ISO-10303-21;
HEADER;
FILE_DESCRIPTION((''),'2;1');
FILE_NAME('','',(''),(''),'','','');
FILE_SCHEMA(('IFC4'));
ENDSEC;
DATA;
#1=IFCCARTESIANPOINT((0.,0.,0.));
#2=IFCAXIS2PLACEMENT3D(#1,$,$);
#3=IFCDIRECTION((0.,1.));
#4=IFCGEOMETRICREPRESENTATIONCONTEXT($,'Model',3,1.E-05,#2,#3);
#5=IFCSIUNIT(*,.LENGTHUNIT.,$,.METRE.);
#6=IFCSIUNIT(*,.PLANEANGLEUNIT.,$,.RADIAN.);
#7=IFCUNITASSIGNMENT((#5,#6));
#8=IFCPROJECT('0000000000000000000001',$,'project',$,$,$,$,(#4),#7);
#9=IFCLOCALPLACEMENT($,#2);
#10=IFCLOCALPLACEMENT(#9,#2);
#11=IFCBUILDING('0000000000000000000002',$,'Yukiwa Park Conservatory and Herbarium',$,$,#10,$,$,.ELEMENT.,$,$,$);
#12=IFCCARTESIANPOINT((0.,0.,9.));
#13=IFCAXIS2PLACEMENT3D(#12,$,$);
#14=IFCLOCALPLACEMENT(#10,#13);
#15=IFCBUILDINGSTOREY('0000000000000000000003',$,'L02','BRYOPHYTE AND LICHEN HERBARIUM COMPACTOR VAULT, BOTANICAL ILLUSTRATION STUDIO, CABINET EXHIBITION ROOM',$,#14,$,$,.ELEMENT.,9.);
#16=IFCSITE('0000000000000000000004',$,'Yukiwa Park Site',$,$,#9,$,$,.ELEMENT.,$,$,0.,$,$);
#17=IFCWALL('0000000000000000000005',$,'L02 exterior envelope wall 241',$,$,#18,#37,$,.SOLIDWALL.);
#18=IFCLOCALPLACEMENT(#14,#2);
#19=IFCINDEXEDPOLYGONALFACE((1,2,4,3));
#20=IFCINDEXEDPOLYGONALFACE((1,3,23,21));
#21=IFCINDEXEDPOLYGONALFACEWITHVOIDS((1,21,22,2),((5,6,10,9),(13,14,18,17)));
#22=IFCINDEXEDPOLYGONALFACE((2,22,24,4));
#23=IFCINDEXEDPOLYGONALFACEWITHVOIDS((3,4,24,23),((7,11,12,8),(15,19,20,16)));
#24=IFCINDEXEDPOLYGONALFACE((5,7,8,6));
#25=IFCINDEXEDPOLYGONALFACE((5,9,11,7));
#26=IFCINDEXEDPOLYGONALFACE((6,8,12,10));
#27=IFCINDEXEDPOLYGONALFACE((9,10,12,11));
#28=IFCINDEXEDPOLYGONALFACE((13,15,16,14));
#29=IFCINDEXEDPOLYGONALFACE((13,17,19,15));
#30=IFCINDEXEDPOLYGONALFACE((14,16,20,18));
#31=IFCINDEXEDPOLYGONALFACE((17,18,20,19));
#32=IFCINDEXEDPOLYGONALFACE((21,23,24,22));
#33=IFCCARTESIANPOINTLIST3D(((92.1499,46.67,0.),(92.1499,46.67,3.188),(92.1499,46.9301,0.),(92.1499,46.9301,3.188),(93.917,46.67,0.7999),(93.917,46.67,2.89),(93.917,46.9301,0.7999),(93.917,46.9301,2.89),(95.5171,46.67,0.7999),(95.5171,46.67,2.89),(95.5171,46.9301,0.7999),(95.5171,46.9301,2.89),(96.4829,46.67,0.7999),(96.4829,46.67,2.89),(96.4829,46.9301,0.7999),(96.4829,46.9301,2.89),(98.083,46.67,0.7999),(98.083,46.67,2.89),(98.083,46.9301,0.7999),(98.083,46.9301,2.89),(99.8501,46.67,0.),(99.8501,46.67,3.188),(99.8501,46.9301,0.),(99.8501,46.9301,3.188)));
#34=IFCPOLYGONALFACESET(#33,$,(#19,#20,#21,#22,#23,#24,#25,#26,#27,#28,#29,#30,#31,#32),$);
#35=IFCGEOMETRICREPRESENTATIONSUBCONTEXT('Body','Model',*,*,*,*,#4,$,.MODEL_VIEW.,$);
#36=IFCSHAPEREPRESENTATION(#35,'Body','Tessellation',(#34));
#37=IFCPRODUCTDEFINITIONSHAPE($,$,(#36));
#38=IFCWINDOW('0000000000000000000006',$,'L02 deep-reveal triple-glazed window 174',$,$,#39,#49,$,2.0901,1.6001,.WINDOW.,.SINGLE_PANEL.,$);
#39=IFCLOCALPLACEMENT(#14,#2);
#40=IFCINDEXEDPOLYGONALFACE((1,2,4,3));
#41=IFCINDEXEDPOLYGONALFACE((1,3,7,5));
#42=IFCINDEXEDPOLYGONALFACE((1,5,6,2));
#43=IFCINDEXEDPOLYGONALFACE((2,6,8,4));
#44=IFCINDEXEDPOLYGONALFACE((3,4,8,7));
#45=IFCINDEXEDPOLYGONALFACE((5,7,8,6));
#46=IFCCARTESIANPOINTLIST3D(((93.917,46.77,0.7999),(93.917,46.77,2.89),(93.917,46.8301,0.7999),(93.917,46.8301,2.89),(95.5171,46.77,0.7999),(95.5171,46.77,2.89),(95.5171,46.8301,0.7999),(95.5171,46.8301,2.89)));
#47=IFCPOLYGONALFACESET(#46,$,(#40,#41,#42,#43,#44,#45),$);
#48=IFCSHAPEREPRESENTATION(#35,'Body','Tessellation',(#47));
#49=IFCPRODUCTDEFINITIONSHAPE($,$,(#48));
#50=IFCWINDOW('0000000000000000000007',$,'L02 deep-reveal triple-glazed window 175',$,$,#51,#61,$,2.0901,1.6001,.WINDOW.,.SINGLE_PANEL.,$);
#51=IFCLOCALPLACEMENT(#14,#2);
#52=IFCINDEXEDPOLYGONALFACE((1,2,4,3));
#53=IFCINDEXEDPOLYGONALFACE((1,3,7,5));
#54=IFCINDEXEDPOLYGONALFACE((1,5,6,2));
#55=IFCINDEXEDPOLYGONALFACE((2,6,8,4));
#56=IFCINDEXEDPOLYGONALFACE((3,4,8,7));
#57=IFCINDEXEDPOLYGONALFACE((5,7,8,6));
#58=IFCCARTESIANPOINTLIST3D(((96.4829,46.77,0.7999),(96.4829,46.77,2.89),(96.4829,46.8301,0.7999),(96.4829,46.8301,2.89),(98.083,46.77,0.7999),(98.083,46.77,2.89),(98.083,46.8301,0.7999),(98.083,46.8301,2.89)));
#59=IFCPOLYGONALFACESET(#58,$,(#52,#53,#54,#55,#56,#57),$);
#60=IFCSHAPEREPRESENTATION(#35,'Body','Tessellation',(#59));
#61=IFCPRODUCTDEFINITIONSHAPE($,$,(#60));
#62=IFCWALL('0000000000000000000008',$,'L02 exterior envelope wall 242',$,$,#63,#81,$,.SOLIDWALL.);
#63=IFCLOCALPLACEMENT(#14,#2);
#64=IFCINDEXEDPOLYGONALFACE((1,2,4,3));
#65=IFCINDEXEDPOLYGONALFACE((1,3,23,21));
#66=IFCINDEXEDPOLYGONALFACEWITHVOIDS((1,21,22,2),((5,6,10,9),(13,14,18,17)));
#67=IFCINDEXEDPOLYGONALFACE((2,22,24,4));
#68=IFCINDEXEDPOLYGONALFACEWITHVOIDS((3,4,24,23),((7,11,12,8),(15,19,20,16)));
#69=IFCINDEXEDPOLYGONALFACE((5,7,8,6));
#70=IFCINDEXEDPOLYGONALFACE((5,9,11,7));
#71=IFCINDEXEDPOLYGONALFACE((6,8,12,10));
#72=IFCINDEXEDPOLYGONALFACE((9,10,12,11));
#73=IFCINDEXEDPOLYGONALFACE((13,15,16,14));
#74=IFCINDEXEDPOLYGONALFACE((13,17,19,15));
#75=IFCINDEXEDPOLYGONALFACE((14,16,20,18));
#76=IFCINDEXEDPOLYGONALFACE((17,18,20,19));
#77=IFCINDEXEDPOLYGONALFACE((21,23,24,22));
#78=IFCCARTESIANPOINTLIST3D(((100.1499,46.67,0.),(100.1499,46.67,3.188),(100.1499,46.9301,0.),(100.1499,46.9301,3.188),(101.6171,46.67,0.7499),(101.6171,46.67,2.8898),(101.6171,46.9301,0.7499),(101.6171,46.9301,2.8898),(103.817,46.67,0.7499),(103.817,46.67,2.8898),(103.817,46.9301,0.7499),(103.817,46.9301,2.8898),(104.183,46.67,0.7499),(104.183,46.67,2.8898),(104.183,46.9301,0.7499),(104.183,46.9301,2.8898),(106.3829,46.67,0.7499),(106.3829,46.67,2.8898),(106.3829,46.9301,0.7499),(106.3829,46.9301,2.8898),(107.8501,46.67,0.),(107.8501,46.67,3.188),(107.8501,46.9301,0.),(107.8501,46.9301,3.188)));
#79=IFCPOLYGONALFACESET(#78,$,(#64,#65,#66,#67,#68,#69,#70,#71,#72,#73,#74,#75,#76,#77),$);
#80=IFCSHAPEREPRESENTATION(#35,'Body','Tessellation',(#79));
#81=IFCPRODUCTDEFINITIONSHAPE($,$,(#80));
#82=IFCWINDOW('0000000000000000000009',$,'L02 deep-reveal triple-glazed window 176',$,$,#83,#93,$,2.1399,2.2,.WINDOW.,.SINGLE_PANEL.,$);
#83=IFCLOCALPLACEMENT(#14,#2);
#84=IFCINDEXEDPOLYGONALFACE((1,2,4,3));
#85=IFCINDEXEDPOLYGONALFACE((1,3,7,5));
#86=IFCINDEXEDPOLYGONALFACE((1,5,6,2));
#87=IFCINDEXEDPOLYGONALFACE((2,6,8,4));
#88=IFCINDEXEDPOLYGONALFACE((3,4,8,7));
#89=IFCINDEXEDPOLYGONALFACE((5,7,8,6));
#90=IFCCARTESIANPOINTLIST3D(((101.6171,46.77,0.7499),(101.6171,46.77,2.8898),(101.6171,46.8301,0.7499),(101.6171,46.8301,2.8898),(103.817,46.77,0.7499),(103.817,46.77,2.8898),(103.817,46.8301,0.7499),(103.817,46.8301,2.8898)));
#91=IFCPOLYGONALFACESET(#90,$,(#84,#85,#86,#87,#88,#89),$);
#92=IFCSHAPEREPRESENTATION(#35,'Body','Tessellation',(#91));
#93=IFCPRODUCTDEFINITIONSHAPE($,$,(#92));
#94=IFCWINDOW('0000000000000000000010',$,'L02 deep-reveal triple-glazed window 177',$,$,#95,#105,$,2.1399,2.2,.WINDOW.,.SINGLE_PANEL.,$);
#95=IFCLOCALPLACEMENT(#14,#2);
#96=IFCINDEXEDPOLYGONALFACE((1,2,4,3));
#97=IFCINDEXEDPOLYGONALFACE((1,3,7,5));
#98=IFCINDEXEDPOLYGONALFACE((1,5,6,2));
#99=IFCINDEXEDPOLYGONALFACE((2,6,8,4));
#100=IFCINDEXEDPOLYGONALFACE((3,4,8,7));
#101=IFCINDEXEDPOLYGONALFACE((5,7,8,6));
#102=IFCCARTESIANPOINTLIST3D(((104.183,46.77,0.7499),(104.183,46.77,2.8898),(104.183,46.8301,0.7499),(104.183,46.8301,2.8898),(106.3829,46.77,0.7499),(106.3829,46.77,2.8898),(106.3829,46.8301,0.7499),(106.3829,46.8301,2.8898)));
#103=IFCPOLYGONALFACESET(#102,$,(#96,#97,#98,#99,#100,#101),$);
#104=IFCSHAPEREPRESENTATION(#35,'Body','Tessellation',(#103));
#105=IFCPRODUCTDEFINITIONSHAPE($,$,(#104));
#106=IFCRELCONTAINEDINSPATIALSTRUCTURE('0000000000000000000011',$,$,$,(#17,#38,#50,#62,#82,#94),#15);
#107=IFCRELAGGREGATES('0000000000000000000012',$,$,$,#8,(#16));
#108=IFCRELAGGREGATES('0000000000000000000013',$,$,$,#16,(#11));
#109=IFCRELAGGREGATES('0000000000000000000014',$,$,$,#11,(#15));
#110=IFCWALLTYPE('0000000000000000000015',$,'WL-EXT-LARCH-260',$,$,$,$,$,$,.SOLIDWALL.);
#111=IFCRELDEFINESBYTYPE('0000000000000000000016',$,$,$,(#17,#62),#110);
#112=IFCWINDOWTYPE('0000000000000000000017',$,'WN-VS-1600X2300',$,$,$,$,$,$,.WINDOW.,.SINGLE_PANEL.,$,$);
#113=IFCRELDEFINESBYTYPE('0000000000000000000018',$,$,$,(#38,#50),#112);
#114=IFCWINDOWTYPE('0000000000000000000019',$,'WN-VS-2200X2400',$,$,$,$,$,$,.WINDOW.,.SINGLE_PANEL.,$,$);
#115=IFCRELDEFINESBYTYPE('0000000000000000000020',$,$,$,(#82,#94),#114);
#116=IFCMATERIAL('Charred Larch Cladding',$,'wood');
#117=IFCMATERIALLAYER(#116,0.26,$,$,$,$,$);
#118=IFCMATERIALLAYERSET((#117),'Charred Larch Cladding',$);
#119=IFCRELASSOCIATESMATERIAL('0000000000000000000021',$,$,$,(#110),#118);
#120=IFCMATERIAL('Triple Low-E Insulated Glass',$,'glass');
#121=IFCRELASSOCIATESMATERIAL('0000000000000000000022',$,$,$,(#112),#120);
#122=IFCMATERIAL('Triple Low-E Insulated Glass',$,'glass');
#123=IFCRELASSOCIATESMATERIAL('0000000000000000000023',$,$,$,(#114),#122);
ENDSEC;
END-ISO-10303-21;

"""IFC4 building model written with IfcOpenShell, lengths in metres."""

from ifc_helpers import new_model, si_unit, direction, frame, frame_2d, origin, place, context, subcontext, project, spatial, rectangle, extrude, material, layer, layer_set, type_object, element, fill, save


model = new_model("IFC4")

# Units and contexts
model_context = context("Model", 3, precision=1e-05, world=origin(), true_north=direction((0.0, 1.0)))
body_context = subcontext(model_context, "Body", "Model", "MODEL_VIEW")
ifc_project = project(units=[si_unit("LENGTHUNIT", "METRE"), si_unit("PLANEANGLEUNIT", "RADIAN")], contexts=[model_context])

# Site, building, storey
site_placement = place(None, origin())
site = spatial("IfcSite", under=ifc_project, at=site_placement, Name="Yukiwa Park Site", CompositionType="ELEMENT", RefElevation=0.0)
building_placement = place(site_placement, origin())
building = spatial("IfcBuilding", under=site, at=building_placement, Name="Yukiwa Park Conservatory and Herbarium", CompositionType="ELEMENT")
storey_placement = place(building_placement, frame((0.0, 0.0, 9.0)))
storey = spatial("IfcBuildingStorey", under=building, at=storey_placement, Name="L02", Description="BRYOPHYTE AND LICHEN HERBARIUM COMPACTOR VAULT, BOTANICAL ILLUSTRATION STUDIO, CABINET EXHIBITION ROOM", CompositionType="ELEMENT", Elevation=9.0)

# Walls, openings, windows
ifc_material_1 = material(Name="Charred Larch Cladding", Category="wood")
ifc_layer_1 = layer(ifc_material_1, 0.26)
ifc_layer_set_1 = layer_set([ifc_layer_1], Name="Charred Larch Cladding")
wall_type = type_object("IfcWallType", Name="WL-EXT-LARCH-260", PredefinedType="SOLIDWALL", material=ifc_layer_set_1)
wall_1_placement = place(storey_placement, frame((92.1499, 46.8, 0.0), z_axis=(0.0, 0.0, 1.0), x_axis=(1.0, 0.0, 0.0)))
wall_1 = element("IfcWall", 1, at=wall_1_placement, inside=storey, type_object=wall_type, Name="L02 exterior envelope wall 241", PredefinedType="SOLIDWALL", context=body_context, shape_type="SweptSolid", body=[
    extrude(rectangle(XDim=7.7002, YDim=0.26, at=frame_2d((3.8501, 0.0))), origin(), (0.0, 0.0, 1.0), 3.188),
])
opening_1_placement = place(wall_1_placement, frame((1.7671, 0.0, 0.8)))
opening_1 = element("IfcOpeningElement", 2, at=opening_1_placement, cuts=wall_1, PredefinedType="OPENING", context=body_context, shape_type="SweptSolid", body=[
    extrude(rectangle(XDim=1.6001, YDim=2.0901, at=frame_2d((0.8, 1.0449))), frame((0.0, 0.1401, 0.0), z_axis=(0.0, -1.0, 0.0), x_axis=(1.0, 0.0, 0.0)), (0.0, 0.0, 1.0), 0.28),
])
opening_2_placement = place(wall_1_placement, frame((4.333, 0.0, 0.8)))
opening_2 = element("IfcOpeningElement", 3, at=opening_2_placement, cuts=wall_1, PredefinedType="OPENING", context=body_context, shape_type="SweptSolid", body=[
    extrude(rectangle(XDim=1.6001, YDim=2.0901, at=frame_2d((0.8, 1.0449))), frame((0.0, 0.1401, 0.0), z_axis=(0.0, -1.0, 0.0), x_axis=(1.0, 0.0, 0.0)), (0.0, 0.0, 1.0), 0.28),
])
ifc_material_2 = material(Name="Triple Low-E Insulated Glass", Category="glass")
window_type_1 = type_object("IfcWindowType", Name="WN-VS-1600X2300", PartitioningType="SINGLE_PANEL", PredefinedType="WINDOW", material=ifc_material_2)
window_1_placement = place(opening_1_placement, origin())
window_1 = element("IfcWindow", 4, at=window_1_placement, inside=storey, type_object=window_type_1, Name="L02 deep-reveal triple-glazed window 174", OverallHeight=2.0901, OverallWidth=1.6001, PartitioningType="SINGLE_PANEL", PredefinedType="WINDOW", context=body_context, shape_type="SweptSolid", body=[
    extrude(rectangle(XDim=1.6001, YDim=2.0901, at=frame_2d((0.8, 1.0449))), frame((0.0, 0.03, 0.0), z_axis=(0.0, -1.0, 0.0), x_axis=(1.0, 0.0, 0.0)), (0.0, 0.0, 1.0), 0.0601),
])
fill(opening_1, window_1)
window_2_placement = place(opening_2_placement, origin())
window_2 = element("IfcWindow", 5, at=window_2_placement, inside=storey, type_object=window_type_1, Name="L02 deep-reveal triple-glazed window 175", OverallHeight=2.0901, OverallWidth=1.6001, PartitioningType="SINGLE_PANEL", PredefinedType="WINDOW", context=body_context, shape_type="SweptSolid", body=[
    extrude(rectangle(XDim=1.6001, YDim=2.0901, at=frame_2d((0.8, 1.0449))), frame((0.0, 0.03, 0.0), z_axis=(0.0, -1.0, 0.0), x_axis=(1.0, 0.0, 0.0)), (0.0, 0.0, 1.0), 0.0601),
])
fill(opening_2, window_2)
wall_2_placement = place(storey_placement, frame((100.1499, 46.8, 0.0), z_axis=(0.0, 0.0, 1.0), x_axis=(1.0, 0.0, 0.0)))
wall_2 = element("IfcWall", 6, at=wall_2_placement, inside=storey, type_object=wall_type, Name="L02 exterior envelope wall 242", PredefinedType="SOLIDWALL", context=body_context, shape_type="SweptSolid", body=[
    extrude(rectangle(XDim=7.7002, YDim=0.26, at=frame_2d((3.8501, 0.0))), origin(), (0.0, 0.0, 1.0), 3.188),
])
opening_3_placement = place(wall_2_placement, frame((1.467, 0.0, 0.75)))
opening_3 = element("IfcOpeningElement", 7, at=opening_3_placement, cuts=wall_2, PredefinedType="OPENING", context=body_context, shape_type="SweptSolid", body=[
    extrude(rectangle(XDim=2.2, YDim=2.1399, at=frame_2d((1.1001, 1.0698))), frame((0.0, 0.1401, 0.0), z_axis=(0.0, -1.0, 0.0), x_axis=(1.0, 0.0, 0.0)), (0.0, 0.0, 1.0), 0.28),
])
opening_4_placement = place(wall_2_placement, frame((4.033, 0.0, 0.75)))
opening_4 = element("IfcOpeningElement", 8, at=opening_4_placement, cuts=wall_2, PredefinedType="OPENING", context=body_context, shape_type="SweptSolid", body=[
    extrude(rectangle(XDim=2.2, YDim=2.1399, at=frame_2d((1.1001, 1.0698))), frame((0.0, 0.1401, 0.0), z_axis=(0.0, -1.0, 0.0), x_axis=(1.0, 0.0, 0.0)), (0.0, 0.0, 1.0), 0.28),
])
ifc_material_3 = material(Name="Triple Low-E Insulated Glass", Category="glass")
window_type_2 = type_object("IfcWindowType", Name="WN-VS-2200X2400", PartitioningType="SINGLE_PANEL", PredefinedType="WINDOW", material=ifc_material_3)
window_3_placement = place(opening_3_placement, origin())
window_3 = element("IfcWindow", 9, at=window_3_placement, inside=storey, type_object=window_type_2, Name="L02 deep-reveal triple-glazed window 176", OverallHeight=2.1399, OverallWidth=2.2, PartitioningType="SINGLE_PANEL", PredefinedType="WINDOW", context=body_context, shape_type="SweptSolid", body=[
    extrude(rectangle(XDim=2.2, YDim=2.1399, at=frame_2d((1.1001, 1.0698))), frame((0.0, 0.03, 0.0), z_axis=(0.0, -1.0, 0.0), x_axis=(1.0, 0.0, 0.0)), (0.0, 0.0, 1.0), 0.0601),
])
fill(opening_3, window_3)
window_4_placement = place(opening_4_placement, origin())
window_4 = element("IfcWindow", 10, at=window_4_placement, inside=storey, type_object=window_type_2, Name="L02 deep-reveal triple-glazed window 177", OverallHeight=2.1399, OverallWidth=2.2, PartitioningType="SINGLE_PANEL", PredefinedType="WINDOW", context=body_context, shape_type="SweptSolid", body=[
    extrude(rectangle(XDim=2.2, YDim=2.1399, at=frame_2d((1.1001, 1.0698))), frame((0.0, 0.03, 0.0), z_axis=(0.0, -1.0, 0.0), x_axis=(1.0, 0.0, 0.0)), (0.0, 0.0, 1.0), 0.0601),
])
fill(opening_4, window_4)

save(model, "model.ifc")
